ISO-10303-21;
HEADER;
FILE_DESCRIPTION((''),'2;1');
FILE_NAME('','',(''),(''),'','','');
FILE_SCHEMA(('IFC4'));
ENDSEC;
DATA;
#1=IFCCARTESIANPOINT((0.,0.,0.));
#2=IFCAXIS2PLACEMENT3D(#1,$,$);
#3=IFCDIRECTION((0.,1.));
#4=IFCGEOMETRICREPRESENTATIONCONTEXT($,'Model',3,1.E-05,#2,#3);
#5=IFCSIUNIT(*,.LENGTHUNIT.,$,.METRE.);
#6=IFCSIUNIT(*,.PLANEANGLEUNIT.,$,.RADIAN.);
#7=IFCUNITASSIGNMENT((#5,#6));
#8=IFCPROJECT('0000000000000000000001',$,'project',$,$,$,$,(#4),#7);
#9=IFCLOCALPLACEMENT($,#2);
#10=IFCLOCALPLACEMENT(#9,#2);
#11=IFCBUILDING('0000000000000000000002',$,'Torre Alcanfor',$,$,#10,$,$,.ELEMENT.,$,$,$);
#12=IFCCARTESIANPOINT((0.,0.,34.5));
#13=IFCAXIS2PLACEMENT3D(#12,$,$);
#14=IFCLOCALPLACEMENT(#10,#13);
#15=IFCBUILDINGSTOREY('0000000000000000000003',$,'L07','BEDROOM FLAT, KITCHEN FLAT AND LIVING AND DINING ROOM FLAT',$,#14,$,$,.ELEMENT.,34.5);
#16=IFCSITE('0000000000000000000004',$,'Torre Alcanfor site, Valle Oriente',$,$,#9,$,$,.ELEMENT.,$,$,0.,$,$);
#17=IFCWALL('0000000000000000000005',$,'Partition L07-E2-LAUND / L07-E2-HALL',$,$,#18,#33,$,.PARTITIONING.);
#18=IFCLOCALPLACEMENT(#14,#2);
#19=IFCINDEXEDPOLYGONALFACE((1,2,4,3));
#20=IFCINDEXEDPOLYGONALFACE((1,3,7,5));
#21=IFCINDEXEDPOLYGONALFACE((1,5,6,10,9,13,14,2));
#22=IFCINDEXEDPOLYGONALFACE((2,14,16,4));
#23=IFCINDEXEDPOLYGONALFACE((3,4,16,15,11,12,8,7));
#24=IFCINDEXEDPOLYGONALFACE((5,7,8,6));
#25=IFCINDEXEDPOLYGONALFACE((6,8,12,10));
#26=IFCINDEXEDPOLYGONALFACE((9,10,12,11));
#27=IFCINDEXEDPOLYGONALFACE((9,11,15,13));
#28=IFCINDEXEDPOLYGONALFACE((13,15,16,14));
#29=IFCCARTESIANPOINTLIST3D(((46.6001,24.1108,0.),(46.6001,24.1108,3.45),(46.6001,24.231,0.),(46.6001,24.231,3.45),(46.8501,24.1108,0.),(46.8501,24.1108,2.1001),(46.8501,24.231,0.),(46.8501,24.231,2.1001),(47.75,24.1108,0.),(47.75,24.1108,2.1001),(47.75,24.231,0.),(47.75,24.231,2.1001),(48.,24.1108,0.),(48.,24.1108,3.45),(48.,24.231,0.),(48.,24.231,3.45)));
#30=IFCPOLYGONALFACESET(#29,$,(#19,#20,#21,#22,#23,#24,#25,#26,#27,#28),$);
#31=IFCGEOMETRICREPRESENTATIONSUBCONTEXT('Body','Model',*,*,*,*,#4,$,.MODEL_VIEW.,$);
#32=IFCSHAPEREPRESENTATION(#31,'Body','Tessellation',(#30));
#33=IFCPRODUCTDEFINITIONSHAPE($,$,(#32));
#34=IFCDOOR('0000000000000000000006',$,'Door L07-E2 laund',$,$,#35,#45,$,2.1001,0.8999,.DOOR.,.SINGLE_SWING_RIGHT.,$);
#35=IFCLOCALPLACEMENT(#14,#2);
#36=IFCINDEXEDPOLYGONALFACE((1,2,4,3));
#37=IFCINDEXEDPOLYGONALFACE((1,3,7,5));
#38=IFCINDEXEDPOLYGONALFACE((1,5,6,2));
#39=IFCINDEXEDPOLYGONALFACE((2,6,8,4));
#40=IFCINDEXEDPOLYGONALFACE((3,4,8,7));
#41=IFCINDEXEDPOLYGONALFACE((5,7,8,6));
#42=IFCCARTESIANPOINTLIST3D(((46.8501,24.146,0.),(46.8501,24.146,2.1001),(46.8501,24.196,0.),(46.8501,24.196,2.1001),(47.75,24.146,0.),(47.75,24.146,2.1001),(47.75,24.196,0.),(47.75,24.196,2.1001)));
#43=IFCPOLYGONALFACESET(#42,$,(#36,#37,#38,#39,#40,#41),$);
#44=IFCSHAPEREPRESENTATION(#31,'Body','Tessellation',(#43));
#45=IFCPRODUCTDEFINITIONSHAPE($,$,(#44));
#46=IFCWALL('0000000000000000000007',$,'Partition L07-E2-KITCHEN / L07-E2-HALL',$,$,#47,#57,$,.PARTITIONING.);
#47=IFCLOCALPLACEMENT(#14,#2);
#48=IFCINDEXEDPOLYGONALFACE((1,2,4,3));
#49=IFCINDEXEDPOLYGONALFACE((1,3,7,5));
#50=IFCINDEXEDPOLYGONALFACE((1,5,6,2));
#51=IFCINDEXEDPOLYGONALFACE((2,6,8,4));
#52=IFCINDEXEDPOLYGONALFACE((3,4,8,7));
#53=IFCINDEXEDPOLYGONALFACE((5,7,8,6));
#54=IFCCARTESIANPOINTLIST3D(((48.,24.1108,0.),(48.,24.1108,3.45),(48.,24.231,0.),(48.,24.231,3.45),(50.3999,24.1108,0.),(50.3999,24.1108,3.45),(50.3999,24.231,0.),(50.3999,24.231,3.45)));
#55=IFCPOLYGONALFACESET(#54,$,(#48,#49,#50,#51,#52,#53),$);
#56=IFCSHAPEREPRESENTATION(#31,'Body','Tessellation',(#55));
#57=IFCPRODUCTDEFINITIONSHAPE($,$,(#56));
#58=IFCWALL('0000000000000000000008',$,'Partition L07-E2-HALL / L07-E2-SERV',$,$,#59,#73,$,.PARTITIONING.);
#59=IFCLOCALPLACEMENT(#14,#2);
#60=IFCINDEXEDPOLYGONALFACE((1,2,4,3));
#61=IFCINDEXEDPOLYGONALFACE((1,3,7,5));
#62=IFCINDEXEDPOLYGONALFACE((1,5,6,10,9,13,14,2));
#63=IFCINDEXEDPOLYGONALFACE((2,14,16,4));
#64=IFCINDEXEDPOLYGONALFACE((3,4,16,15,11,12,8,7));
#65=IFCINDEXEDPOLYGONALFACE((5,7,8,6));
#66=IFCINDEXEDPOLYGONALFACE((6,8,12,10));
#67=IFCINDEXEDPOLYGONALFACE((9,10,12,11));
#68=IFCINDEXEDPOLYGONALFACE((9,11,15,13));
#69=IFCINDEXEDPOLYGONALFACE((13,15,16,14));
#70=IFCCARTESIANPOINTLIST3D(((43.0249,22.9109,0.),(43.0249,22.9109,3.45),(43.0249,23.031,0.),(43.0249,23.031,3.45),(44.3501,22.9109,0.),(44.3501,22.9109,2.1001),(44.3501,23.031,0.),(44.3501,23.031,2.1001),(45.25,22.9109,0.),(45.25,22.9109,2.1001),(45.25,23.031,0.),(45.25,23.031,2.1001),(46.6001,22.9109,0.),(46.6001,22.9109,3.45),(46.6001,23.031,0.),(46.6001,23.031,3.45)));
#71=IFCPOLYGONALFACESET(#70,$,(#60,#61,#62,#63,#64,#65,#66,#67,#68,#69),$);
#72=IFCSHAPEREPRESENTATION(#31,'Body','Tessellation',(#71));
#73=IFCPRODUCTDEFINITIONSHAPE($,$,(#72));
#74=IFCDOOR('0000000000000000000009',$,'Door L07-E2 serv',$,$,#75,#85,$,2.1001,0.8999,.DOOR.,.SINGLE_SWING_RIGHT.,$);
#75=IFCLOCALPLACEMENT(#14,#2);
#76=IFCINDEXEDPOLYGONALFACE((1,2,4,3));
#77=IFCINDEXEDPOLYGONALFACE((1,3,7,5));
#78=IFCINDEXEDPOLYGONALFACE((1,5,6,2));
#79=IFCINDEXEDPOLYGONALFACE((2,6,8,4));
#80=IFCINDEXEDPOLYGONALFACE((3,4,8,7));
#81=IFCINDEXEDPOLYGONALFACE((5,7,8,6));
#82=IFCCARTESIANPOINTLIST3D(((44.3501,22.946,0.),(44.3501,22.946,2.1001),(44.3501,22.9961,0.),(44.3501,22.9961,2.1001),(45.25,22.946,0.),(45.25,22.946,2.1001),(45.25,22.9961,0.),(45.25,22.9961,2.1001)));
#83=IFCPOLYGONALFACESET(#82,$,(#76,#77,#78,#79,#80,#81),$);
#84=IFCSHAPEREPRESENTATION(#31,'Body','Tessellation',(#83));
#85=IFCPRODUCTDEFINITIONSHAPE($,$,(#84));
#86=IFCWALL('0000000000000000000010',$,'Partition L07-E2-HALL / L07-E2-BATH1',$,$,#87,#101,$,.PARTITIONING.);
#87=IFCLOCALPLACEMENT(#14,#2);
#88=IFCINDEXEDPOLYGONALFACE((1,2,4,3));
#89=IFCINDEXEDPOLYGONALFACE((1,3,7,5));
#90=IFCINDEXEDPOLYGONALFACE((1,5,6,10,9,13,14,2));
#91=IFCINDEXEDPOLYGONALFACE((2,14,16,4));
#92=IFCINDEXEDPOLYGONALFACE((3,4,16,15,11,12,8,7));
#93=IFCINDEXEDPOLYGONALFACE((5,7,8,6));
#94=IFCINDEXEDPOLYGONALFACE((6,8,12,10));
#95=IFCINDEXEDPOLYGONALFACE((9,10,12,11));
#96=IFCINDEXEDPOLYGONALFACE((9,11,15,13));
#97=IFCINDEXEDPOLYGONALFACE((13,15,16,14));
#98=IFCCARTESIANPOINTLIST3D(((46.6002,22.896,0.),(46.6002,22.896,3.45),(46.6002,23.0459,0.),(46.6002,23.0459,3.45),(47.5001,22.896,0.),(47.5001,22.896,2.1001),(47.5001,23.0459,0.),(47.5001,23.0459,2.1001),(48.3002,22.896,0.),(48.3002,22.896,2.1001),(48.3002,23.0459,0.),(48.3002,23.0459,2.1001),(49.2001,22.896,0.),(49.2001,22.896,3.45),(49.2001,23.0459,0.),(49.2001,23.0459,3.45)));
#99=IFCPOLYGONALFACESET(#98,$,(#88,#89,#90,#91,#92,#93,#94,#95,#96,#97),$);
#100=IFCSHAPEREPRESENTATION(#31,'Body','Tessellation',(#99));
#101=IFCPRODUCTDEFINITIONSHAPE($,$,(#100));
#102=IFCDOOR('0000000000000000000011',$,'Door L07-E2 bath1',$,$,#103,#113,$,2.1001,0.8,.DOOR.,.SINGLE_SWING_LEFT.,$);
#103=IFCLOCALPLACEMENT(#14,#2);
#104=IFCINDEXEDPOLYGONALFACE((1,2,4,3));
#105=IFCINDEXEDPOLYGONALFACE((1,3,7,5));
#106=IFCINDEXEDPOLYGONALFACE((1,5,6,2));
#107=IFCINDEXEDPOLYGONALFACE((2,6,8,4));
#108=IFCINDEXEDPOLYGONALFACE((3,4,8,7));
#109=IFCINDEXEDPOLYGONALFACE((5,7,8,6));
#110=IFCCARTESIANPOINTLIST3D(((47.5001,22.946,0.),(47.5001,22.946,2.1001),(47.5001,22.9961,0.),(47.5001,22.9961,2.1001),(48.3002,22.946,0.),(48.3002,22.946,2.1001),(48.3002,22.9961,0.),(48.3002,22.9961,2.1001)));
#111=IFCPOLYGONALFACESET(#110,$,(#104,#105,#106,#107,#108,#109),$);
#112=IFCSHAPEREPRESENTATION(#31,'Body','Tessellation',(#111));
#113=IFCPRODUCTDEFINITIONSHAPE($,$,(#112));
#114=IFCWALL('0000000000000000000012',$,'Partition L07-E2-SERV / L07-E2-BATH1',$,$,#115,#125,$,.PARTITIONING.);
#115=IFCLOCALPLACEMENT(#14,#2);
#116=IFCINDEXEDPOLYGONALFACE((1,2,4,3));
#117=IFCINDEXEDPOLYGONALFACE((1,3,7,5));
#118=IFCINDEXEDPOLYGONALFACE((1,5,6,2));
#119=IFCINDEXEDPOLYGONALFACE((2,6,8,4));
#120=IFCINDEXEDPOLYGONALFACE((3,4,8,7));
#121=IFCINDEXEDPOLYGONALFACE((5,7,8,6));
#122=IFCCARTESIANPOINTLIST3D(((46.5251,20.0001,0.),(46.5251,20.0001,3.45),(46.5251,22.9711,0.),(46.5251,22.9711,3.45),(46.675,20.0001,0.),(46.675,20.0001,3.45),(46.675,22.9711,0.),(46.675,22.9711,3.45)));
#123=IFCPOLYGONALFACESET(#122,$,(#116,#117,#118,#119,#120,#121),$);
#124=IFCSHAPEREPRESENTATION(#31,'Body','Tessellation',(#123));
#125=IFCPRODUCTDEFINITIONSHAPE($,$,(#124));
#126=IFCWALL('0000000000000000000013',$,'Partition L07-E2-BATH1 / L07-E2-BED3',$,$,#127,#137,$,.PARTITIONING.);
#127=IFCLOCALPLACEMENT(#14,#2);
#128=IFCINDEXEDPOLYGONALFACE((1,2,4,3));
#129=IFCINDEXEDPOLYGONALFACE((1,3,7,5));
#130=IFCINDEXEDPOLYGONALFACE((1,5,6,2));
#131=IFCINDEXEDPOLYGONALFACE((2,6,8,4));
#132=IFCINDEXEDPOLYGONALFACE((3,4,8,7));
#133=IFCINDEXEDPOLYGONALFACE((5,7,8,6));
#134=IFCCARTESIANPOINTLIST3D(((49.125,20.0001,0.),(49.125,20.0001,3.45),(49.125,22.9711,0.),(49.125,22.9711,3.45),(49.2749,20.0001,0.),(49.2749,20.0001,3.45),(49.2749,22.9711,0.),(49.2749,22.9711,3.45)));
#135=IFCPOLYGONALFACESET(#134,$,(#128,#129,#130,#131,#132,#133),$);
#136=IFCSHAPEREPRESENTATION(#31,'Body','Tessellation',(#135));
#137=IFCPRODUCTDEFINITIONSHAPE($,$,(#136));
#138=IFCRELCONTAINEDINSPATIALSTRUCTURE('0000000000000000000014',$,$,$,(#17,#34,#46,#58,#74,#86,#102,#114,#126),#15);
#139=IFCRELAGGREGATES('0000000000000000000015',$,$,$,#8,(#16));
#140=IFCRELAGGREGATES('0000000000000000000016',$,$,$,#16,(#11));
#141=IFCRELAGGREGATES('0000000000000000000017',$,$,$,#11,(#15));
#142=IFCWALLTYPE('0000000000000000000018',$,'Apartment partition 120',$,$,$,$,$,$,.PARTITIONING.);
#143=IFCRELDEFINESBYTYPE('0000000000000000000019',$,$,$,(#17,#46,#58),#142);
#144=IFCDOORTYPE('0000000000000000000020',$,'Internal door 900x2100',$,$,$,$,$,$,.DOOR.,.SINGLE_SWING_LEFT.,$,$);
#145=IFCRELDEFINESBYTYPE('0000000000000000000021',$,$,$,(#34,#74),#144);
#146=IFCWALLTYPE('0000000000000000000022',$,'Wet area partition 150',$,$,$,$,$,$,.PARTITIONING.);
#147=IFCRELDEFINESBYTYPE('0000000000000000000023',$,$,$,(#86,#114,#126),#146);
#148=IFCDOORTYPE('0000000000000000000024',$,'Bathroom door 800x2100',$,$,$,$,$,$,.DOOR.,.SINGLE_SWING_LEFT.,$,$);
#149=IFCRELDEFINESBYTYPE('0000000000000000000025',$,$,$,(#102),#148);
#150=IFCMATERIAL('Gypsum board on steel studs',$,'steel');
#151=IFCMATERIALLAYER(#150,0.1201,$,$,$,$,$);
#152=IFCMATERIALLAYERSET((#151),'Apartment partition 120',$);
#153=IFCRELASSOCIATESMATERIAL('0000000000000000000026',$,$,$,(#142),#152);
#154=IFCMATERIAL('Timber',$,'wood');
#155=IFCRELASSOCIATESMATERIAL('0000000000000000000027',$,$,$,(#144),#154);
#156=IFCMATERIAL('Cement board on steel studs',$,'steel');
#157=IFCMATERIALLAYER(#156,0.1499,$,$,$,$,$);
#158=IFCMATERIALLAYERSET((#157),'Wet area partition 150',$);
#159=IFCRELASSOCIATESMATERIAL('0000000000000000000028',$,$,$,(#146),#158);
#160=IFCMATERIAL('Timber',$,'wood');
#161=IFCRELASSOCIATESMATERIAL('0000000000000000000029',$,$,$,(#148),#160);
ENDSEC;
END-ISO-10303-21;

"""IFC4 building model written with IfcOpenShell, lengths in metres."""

from ifc_helpers import new_model, si_unit, direction, frame, frame_2d, origin, place, context, subcontext, project, spatial, rectangle, extrude, material, layer, layer_set, type_object, element, fill, save


model = new_model("IFC4")

# Units and contexts
model_context = context("Model", 3, precision=1e-05, world=origin(), true_north=direction((0.0, 1.0)))
body_context = subcontext(model_context, "Body", "Model", "MODEL_VIEW")
ifc_project = project(units=[si_unit("LENGTHUNIT", "METRE"), si_unit("PLANEANGLEUNIT", "RADIAN")], contexts=[model_context])

# Site, building, storey
site_placement = place(None, origin())
site = spatial("IfcSite", under=ifc_project, at=site_placement, Name="Torre Alcanfor site, Valle Oriente", CompositionType="ELEMENT", RefElevation=0.0)
building_placement = place(site_placement, origin())
building = spatial("IfcBuilding", under=site, at=building_placement, Name="Torre Alcanfor", CompositionType="ELEMENT")
storey_placement = place(building_placement, frame((0.0, 0.0, 34.5)))
storey = spatial("IfcBuildingStorey", under=building, at=storey_placement, Name="L07", Description="BEDROOM FLAT, KITCHEN FLAT AND LIVING AND DINING ROOM FLAT", CompositionType="ELEMENT", Elevation=34.5)

# Wall, opening, door
ifc_material_1 = material(Name="Gypsum board on steel studs", Category="steel")
ifc_layer_1 = layer(ifc_material_1, 0.1201)
ifc_layer_set_1 = layer_set([ifc_layer_1], Name="Apartment partition 120")
wall_type_1 = type_object("IfcWallType", Name="Apartment partition 120", PredefinedType="PARTITIONING", material=ifc_layer_set_1)
wall_1_placement = place(storey_placement, frame((48.0, 24.1709, 0.0), z_axis=(0.0, 0.0, 1.0), x_axis=(-1.0, 0.0, 0.0)))
wall_1 = element("IfcWall", 1, at=wall_1_placement, inside=storey, type_object=wall_type_1, Name="Partition L07-E2-LAUND / L07-E2-HALL", PredefinedType="PARTITIONING", context=body_context, shape_type="SweptSolid", body=[
    extrude(rectangle(XDim=1.3999, YDim=0.1201, at=frame_2d((0.7, 0.0))), origin(), (0.0, 0.0, 1.0), 3.45),
])
opening_1_placement = place(wall_1_placement, frame((0.25, 0.0, 0.0)))
opening_1 = element("IfcOpeningElement", 2, at=opening_1_placement, cuts=wall_1, PredefinedType="OPENING", context=body_context, shape_type="SweptSolid", body=[
    extrude(rectangle(XDim=0.8999, YDim=2.1001, at=frame_2d((0.45, 1.05))), frame((0.0, 0.0701, 0.0), z_axis=(0.0, -1.0, 0.0), x_axis=(1.0, 0.0, 0.0)), (0.0, 0.0, 1.0), 0.1401),
])
ifc_material_2 = material(Name="Timber", Category="wood")
door_type_1 = type_object("IfcDoorType", Name="Internal door 900x2100", OperationType="SINGLE_SWING_LEFT", PredefinedType="DOOR", material=ifc_material_2)
door_1_placement = place(opening_1_placement, frame((0.8999, 0.0, 0.0), z_axis=(0.0, 0.0, 1.0), x_axis=(-1.0, 0.0, 0.0)))
door_1 = element("IfcDoor", 3, at=door_1_placement, inside=storey, type_object=door_type_1, Name="Door L07-E2 laund", OperationType="SINGLE_SWING_RIGHT", OverallHeight=2.1001, OverallWidth=0.8999, PredefinedType="DOOR", context=body_context, shape_type="SweptSolid", body=[
    extrude(rectangle(XDim=0.8999, YDim=2.1001, at=frame_2d((0.45, 1.05))), frame((0.0, 0.0251, 0.0), z_axis=(0.0, -1.0, 0.0), x_axis=(1.0, 0.0, 0.0)), (0.0, 0.0, 1.0), 0.05),
])
fill(opening_1, door_1)

# Wall
wall_2_placement = place(storey_placement, frame((50.3999, 24.1709, 0.0), z_axis=(0.0, 0.0, 1.0), x_axis=(-1.0, 0.0, 0.0)))
element("IfcWall", 4, at=wall_2_placement, inside=storey, type_object=wall_type_1, Name="Partition L07-E2-KITCHEN / L07-E2-HALL", PredefinedType="PARTITIONING", context=body_context, shape_type="SweptSolid", body=[
    extrude(rectangle(XDim=2.3999, YDim=0.1201, at=frame_2d((1.2, 0.0))), origin(), (0.0, 0.0, 1.0), 3.45),
])

# Walls, openings, doors
wall_3_placement = place(storey_placement, frame((46.6001, 22.9709, 0.0), z_axis=(0.0, 0.0, 1.0), x_axis=(-1.0, 0.0, 0.0)))
wall_3 = element("IfcWall", 5, at=wall_3_placement, inside=storey, type_object=wall_type_1, Name="Partition L07-E2-HALL / L07-E2-SERV", PredefinedType="PARTITIONING", context=body_context, shape_type="SweptSolid", body=[
    extrude(rectangle(XDim=3.5752, YDim=0.1201, at=frame_2d((1.7876, 0.0))), origin(), (0.0, 0.0, 1.0), 3.45),
])
opening_2_placement = place(wall_3_placement, frame((1.3501, 0.0, 0.0)))
opening_2 = element("IfcOpeningElement", 6, at=opening_2_placement, cuts=wall_3, PredefinedType="OPENING", context=body_context, shape_type="SweptSolid", body=[
    extrude(rectangle(XDim=0.8999, YDim=2.1001, at=frame_2d((0.45, 1.05))), frame((0.0, 0.0701, 0.0), z_axis=(0.0, -1.0, 0.0), x_axis=(1.0, 0.0, 0.0)), (0.0, 0.0, 1.0), 0.1401),
])
door_2_placement = place(opening_2_placement, origin())
door_2 = element("IfcDoor", 7, at=door_2_placement, inside=storey, type_object=door_type_1, Name="Door L07-E2 serv", OperationType="SINGLE_SWING_RIGHT", OverallHeight=2.1001, OverallWidth=0.8999, PredefinedType="DOOR", context=body_context, shape_type="SweptSolid", body=[
    extrude(rectangle(XDim=0.8999, YDim=2.1001, at=frame_2d((0.45, 1.05))), frame((0.0, 0.0249, 0.0), z_axis=(0.0, -1.0, 0.0), x_axis=(1.0, 0.0, 0.0)), (0.0, 0.0, 1.0), 0.05),
])
fill(opening_2, door_2)
ifc_material_3 = material(Name="Cement board on steel studs", Category="steel")
ifc_layer_2 = layer(ifc_material_3, 0.1499)
ifc_layer_set_2 = layer_set([ifc_layer_2], Name="Wet area partition 150")
wall_type_2 = type_object("IfcWallType", Name="Wet area partition 150", PredefinedType="PARTITIONING", material=ifc_layer_set_2)
wall_4_placement = place(storey_placement, frame((49.2, 22.9709, 0.0), z_axis=(0.0, 0.0, 1.0), x_axis=(-1.0, 0.0, 0.0)))
wall_4 = element("IfcWall", 8, at=wall_4_placement, inside=storey, type_object=wall_type_2, Name="Partition L07-E2-HALL / L07-E2-BATH1", PredefinedType="PARTITIONING", context=body_context, shape_type="SweptSolid", body=[
    extrude(rectangle(XDim=2.5999, YDim=0.1499, at=frame_2d((1.2998, 0.0))), origin(), (0.0, 0.0, 1.0), 3.45),
])
opening_3_placement = place(wall_4_placement, frame((0.8999, 0.0, 0.0)))
opening_3 = element("IfcOpeningElement", 9, at=opening_3_placement, cuts=wall_4, PredefinedType="OPENING", context=body_context, shape_type="SweptSolid", body=[
    extrude(rectangle(XDim=0.8, YDim=2.1001, at=frame_2d((0.3999, 1.05))), frame((0.0, 0.085, 0.0), z_axis=(0.0, -1.0, 0.0), x_axis=(1.0, 0.0, 0.0)), (0.0, 0.0, 1.0), 0.1699),
])
ifc_material_4 = material(Name="Timber", Category="wood")
door_type_2 = type_object("IfcDoorType", Name="Bathroom door 800x2100", OperationType="SINGLE_SWING_LEFT", PredefinedType="DOOR", material=ifc_material_4)
door_3_placement = place(opening_3_placement, origin())
door_3 = element("IfcDoor", 10, at=door_3_placement, inside=storey, type_object=door_type_2, Name="Door L07-E2 bath1", OperationType="SINGLE_SWING_LEFT", OverallHeight=2.1001, OverallWidth=0.8, PredefinedType="DOOR", context=body_context, shape_type="SweptSolid", body=[
    extrude(rectangle(XDim=0.8, YDim=2.1001, at=frame_2d((0.3999, 1.05))), frame((0.0, 0.0249, 0.0), z_axis=(0.0, -1.0, 0.0), x_axis=(1.0, 0.0, 0.0)), (0.0, 0.0, 1.0), 0.05),
])
fill(opening_3, door_3)

# Walls
for number, where, z_axis, x_axis, name in (
    (11, (46.6001, 22.9709, 0.0), (0.0, 0.0, 1.0), (0.0, -1.0, 0.0), "Partition L07-E2-SERV / L07-E2-BATH1"),
    (12, (49.2, 22.9709, 0.0), (0.0, 0.0, 1.0), (0.0, -1.0, 0.0), "Partition L07-E2-BATH1 / L07-E2-BED3"),
):
    element("IfcWall", number, at=place(storey_placement, frame(where, z_axis=z_axis, x_axis=x_axis)), inside=storey, type_object=wall_type_2, Name=name, PredefinedType="PARTITIONING", context=body_context, shape_type="SweptSolid", body=[
        extrude(rectangle(XDim=2.9709, YDim=0.1499, at=frame_2d((1.4854, 0.0))), origin(), (0.0, 0.0, 1.0), 3.45),
    ])

save(model, "model.ifc")
